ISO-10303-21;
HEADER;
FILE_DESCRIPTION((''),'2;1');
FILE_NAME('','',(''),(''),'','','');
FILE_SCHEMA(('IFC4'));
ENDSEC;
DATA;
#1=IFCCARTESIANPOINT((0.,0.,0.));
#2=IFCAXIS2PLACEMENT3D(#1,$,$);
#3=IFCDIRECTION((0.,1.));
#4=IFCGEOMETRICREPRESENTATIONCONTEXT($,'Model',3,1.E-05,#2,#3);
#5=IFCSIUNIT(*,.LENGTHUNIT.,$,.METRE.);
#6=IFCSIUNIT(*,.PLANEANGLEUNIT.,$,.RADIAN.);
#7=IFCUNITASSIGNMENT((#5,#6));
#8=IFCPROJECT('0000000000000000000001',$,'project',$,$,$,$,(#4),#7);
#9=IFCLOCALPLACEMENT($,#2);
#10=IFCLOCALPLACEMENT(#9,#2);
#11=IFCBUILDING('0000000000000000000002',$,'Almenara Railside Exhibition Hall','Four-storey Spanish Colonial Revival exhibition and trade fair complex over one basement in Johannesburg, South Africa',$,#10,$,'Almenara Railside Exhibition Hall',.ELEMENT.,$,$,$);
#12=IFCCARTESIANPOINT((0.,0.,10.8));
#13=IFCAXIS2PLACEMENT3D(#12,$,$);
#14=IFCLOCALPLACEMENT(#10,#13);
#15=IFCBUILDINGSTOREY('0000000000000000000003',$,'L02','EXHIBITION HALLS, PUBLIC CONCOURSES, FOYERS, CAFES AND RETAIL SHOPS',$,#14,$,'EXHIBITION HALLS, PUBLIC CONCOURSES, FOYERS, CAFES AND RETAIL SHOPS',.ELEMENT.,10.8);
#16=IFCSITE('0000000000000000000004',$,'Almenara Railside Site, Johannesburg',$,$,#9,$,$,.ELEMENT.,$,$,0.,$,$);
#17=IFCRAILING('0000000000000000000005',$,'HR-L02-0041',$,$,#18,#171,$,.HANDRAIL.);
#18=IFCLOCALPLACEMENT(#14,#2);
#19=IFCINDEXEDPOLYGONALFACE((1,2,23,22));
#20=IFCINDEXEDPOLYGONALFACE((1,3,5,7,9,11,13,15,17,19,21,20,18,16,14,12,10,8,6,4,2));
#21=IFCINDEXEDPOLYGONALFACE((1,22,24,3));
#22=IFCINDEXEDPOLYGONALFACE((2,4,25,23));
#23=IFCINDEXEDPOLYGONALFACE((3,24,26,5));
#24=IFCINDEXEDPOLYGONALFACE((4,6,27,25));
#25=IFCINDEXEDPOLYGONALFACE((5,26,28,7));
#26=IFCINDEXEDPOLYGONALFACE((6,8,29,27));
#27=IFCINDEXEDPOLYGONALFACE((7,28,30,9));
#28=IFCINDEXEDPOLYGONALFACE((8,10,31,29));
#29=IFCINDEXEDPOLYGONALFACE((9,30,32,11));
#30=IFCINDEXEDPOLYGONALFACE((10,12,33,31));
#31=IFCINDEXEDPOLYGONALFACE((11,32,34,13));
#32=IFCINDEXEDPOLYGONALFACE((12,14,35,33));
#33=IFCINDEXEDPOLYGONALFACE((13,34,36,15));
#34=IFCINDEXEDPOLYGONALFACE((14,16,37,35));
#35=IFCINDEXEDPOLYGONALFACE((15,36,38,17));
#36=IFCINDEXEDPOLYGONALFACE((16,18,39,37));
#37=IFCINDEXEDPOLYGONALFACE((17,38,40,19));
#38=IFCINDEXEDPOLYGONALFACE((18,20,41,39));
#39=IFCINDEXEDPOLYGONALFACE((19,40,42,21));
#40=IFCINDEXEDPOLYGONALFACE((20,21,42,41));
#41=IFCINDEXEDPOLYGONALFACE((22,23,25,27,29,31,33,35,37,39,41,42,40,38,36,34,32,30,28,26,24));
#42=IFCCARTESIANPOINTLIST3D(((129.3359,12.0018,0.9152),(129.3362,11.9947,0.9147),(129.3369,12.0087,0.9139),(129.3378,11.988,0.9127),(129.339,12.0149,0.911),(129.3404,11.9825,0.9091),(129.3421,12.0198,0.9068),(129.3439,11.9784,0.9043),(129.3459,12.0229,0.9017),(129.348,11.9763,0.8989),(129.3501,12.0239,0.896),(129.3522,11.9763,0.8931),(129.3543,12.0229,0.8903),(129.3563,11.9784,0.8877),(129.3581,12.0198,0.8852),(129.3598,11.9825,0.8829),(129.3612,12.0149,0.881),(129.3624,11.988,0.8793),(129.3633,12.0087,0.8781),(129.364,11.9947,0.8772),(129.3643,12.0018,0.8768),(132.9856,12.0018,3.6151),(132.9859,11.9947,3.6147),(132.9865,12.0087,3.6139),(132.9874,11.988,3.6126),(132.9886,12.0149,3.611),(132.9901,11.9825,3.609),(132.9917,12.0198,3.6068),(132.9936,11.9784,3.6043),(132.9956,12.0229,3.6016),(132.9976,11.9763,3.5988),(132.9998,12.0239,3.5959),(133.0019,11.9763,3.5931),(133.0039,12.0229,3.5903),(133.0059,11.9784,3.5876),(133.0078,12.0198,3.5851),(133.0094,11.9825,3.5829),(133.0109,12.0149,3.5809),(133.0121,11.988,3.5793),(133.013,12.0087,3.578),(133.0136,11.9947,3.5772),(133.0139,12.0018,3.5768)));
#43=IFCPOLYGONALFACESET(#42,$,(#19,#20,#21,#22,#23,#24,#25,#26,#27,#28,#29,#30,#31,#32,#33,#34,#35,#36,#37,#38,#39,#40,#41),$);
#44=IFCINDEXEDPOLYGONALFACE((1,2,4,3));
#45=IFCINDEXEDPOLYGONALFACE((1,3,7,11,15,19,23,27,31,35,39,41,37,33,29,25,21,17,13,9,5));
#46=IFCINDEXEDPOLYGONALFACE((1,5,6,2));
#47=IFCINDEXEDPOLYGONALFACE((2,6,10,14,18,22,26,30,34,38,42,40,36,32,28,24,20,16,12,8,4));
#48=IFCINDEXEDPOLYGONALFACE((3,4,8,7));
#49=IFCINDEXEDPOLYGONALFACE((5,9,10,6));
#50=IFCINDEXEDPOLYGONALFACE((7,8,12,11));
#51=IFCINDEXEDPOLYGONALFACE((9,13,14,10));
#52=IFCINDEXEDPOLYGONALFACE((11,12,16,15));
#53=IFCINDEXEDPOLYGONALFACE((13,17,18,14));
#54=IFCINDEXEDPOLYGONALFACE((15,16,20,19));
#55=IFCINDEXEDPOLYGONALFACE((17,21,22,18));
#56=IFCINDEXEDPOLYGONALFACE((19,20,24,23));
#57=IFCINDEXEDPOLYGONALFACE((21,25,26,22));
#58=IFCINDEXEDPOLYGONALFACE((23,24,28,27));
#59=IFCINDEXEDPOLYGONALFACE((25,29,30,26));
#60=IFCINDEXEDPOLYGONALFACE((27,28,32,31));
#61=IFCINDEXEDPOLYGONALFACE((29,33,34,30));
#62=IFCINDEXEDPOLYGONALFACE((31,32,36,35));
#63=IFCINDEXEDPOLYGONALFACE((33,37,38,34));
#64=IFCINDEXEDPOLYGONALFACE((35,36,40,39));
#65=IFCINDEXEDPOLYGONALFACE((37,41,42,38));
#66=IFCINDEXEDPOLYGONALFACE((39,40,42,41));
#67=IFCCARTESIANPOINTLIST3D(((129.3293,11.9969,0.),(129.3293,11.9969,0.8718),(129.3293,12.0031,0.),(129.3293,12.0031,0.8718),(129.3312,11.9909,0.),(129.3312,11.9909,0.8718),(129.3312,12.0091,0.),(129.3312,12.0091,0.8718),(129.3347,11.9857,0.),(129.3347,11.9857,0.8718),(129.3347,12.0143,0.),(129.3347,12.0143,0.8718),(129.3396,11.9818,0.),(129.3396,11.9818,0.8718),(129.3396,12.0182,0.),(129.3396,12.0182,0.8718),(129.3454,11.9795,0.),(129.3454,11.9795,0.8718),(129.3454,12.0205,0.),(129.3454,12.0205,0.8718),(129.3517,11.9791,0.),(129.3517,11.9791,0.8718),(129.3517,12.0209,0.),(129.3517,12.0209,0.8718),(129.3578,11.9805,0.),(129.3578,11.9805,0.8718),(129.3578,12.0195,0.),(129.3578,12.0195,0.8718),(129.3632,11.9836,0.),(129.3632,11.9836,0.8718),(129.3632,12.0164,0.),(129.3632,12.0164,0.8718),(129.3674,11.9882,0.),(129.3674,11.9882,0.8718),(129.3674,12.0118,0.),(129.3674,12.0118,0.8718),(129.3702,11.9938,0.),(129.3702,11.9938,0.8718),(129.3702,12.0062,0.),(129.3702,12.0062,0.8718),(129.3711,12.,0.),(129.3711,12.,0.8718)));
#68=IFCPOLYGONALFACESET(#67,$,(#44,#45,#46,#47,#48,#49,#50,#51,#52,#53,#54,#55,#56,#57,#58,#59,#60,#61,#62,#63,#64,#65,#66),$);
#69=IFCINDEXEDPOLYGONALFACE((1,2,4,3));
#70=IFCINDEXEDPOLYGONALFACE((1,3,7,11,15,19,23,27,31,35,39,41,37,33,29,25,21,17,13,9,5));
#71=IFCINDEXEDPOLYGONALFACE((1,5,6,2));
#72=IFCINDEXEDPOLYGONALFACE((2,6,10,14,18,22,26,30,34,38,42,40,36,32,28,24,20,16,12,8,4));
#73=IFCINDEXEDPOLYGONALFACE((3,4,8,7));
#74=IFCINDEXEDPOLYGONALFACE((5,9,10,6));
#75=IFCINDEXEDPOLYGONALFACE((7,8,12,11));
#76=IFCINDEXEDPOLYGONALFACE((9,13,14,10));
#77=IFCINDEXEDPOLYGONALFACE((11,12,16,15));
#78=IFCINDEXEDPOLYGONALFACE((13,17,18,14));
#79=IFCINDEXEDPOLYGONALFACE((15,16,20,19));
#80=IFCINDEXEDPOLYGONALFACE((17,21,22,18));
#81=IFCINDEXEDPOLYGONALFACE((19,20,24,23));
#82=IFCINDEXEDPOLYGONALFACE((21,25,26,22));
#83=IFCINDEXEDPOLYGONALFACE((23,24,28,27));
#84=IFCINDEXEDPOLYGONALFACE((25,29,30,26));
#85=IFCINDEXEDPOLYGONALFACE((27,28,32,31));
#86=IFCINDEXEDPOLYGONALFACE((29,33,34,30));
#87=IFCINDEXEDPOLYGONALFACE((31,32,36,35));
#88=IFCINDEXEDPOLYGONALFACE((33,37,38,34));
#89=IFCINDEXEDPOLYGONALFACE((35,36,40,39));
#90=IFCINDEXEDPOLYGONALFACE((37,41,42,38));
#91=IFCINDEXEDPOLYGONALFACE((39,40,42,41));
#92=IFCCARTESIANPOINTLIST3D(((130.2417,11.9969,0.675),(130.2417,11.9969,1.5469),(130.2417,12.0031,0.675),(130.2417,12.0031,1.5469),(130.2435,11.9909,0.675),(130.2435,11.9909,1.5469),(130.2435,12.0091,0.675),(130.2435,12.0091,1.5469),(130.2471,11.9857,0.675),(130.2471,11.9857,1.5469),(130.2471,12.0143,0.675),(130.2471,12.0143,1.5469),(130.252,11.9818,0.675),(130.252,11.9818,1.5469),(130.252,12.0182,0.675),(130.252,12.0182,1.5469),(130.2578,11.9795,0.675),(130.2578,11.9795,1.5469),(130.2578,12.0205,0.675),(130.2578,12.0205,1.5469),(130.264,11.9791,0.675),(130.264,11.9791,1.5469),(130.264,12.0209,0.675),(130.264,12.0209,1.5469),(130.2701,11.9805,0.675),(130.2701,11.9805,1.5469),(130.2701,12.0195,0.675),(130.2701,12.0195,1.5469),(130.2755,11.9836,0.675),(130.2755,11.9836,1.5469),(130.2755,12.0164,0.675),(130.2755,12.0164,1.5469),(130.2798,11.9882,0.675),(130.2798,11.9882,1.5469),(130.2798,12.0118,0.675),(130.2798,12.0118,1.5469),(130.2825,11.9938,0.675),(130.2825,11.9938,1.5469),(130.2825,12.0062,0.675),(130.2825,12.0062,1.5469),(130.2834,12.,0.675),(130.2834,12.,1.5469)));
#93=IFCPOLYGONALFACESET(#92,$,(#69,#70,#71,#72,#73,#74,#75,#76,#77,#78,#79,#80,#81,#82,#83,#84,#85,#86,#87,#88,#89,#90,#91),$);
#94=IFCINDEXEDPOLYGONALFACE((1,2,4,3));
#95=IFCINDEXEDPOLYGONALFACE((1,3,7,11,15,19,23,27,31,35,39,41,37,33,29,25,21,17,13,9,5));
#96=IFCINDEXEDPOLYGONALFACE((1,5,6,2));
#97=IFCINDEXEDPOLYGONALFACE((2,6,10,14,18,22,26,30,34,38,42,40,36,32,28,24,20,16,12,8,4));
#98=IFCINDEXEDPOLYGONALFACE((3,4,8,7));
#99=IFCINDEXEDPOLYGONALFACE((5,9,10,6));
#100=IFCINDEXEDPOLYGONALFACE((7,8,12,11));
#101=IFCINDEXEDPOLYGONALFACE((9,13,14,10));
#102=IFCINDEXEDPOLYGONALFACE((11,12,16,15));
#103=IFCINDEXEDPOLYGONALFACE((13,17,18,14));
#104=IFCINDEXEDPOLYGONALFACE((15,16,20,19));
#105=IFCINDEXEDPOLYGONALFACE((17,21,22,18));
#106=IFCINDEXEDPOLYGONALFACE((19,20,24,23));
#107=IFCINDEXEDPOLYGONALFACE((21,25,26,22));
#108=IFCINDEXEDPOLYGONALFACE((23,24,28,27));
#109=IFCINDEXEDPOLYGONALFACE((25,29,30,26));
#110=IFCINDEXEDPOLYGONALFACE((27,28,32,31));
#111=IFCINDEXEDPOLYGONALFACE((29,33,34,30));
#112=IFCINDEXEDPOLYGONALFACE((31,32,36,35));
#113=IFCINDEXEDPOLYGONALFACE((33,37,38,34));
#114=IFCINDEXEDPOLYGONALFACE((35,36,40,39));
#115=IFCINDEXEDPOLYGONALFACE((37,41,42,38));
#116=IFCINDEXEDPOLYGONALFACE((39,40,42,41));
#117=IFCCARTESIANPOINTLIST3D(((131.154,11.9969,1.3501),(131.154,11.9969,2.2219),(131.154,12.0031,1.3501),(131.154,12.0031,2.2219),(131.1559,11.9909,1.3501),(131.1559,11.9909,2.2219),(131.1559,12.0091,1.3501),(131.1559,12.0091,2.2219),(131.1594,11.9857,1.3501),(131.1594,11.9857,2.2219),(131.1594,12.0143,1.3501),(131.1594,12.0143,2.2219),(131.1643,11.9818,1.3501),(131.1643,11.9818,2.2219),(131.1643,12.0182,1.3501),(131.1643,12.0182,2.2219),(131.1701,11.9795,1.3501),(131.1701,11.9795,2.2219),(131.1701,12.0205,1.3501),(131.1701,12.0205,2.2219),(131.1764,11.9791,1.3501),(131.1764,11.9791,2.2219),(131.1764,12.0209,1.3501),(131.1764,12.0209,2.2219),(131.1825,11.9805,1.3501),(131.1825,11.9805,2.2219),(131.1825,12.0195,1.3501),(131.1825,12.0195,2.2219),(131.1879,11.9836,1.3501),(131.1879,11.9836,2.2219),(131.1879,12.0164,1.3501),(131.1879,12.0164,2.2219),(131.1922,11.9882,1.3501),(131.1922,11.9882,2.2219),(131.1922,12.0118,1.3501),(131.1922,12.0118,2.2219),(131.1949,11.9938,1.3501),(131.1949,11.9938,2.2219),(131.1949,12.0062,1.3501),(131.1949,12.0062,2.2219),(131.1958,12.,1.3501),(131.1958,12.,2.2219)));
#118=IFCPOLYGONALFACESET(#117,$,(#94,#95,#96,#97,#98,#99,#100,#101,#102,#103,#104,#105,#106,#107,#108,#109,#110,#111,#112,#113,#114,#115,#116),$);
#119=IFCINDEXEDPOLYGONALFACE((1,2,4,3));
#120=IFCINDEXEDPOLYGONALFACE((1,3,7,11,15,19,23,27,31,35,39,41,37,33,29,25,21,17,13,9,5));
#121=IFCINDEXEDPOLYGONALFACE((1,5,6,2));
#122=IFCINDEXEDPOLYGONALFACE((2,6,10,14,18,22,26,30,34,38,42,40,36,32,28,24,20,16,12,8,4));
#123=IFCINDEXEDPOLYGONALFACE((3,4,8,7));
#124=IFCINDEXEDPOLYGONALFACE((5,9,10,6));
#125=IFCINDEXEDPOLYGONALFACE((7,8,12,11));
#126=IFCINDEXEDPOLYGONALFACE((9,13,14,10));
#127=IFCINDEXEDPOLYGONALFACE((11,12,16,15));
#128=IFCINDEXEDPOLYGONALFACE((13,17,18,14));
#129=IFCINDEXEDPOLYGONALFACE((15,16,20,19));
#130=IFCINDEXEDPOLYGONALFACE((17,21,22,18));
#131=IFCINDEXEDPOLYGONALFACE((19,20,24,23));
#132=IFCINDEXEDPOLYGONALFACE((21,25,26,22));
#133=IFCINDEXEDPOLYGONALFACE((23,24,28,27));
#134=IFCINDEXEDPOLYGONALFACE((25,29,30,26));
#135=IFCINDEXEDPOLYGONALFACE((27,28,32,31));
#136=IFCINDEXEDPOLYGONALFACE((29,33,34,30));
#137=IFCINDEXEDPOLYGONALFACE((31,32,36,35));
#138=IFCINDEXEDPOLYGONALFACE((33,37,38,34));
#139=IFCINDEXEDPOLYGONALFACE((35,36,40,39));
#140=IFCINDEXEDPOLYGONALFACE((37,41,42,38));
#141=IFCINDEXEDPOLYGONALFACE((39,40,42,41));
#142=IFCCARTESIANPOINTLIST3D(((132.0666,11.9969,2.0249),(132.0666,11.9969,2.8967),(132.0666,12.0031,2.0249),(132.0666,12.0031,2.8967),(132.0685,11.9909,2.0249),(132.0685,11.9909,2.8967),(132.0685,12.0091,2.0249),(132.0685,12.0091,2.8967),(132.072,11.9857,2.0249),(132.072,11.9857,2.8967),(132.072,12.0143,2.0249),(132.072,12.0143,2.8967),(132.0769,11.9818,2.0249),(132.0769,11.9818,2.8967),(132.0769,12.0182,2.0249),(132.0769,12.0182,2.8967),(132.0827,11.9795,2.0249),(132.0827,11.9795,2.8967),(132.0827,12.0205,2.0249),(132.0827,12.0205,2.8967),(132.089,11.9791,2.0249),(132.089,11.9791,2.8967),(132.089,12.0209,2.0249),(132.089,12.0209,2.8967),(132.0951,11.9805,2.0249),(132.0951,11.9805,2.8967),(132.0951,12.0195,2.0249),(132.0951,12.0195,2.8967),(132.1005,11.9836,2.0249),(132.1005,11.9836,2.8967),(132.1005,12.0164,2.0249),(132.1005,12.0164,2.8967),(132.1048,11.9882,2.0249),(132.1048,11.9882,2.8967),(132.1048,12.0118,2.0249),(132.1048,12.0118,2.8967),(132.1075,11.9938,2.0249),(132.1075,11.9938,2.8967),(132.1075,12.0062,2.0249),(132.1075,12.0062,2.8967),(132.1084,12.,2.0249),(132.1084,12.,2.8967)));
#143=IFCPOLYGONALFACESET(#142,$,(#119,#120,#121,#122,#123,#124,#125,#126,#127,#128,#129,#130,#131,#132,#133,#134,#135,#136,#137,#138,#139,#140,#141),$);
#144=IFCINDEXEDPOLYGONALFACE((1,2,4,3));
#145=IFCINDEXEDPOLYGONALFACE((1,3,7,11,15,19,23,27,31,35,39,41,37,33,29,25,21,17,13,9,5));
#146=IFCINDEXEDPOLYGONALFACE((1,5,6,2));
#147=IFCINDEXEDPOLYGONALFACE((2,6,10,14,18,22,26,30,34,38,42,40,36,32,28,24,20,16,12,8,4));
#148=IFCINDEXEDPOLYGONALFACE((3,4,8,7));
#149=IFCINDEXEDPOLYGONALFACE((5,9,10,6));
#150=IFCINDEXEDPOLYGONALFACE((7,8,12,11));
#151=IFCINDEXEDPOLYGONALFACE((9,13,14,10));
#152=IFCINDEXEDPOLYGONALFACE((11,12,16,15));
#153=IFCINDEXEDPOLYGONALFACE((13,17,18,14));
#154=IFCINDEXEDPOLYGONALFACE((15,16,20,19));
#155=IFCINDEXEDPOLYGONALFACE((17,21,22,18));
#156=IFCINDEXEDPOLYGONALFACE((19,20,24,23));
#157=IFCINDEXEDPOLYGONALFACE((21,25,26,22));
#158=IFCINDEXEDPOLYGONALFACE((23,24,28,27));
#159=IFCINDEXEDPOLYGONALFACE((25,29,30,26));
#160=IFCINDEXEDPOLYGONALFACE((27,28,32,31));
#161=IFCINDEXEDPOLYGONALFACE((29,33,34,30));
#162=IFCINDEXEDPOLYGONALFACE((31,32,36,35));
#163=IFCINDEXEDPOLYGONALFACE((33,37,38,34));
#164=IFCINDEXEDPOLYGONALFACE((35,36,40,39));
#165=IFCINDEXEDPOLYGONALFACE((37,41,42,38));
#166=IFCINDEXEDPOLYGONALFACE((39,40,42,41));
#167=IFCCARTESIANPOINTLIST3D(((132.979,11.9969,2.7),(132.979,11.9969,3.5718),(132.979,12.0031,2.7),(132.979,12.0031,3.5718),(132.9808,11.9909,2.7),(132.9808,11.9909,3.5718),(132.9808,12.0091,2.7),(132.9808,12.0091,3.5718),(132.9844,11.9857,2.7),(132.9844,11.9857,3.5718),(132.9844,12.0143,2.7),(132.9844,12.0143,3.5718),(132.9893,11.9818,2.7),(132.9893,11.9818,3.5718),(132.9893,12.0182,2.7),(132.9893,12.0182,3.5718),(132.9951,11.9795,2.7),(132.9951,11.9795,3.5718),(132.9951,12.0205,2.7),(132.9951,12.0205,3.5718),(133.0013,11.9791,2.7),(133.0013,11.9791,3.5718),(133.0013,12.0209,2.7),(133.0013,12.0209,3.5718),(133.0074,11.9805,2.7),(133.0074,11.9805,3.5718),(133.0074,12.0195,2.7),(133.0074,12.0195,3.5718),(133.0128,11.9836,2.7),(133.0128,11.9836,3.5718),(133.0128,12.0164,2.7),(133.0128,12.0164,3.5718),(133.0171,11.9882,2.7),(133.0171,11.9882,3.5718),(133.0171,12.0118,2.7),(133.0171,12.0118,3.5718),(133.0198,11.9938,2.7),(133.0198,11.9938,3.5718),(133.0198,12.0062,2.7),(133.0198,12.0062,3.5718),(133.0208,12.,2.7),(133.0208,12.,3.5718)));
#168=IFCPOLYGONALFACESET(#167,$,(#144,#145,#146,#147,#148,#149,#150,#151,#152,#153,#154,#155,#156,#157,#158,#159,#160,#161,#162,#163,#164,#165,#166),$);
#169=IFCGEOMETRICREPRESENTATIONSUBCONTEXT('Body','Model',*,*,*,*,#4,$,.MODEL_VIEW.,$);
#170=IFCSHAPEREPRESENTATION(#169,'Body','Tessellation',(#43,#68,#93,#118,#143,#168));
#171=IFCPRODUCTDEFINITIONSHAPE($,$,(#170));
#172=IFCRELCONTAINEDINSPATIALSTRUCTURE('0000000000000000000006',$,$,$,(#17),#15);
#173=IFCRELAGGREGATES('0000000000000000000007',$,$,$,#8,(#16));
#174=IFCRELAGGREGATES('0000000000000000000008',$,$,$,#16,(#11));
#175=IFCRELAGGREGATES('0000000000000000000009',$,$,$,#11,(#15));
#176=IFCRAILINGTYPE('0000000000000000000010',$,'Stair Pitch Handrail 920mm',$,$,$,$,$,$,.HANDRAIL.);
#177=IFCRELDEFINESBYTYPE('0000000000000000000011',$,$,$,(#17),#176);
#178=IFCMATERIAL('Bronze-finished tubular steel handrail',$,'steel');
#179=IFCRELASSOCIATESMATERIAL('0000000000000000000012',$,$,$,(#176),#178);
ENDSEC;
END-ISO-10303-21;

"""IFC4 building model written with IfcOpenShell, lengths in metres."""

from ifc_helpers import new_model, si_unit, direction, frame, origin, origin_2d, place, context, subcontext, project, spatial, circle, extrude, material, type_object, element, save


model = new_model("IFC4")

# Units and contexts
model_context = context("Model", 3, precision=1e-05, world=origin(), true_north=direction((0.0, 1.0)))
body_context = subcontext(model_context, "Body", "Model", "MODEL_VIEW")
ifc_project = project(units=[si_unit("LENGTHUNIT", "METRE"), si_unit("PLANEANGLEUNIT", "RADIAN")], contexts=[model_context])

# Site, building, storey
site_placement = place(None, origin())
site = spatial("IfcSite", under=ifc_project, at=site_placement, Name="Almenara Railside Site, Johannesburg", CompositionType="ELEMENT", RefElevation=0.0)
building_placement = place(site_placement, origin())
building = spatial("IfcBuilding", under=site, at=building_placement, Name="Almenara Railside Exhibition Hall", Description="Four-storey Spanish Colonial Revival exhibition and trade fair complex over one basement in Johannesburg, South Africa", LongName="Almenara Railside Exhibition Hall", CompositionType="ELEMENT")
storey_placement = place(building_placement, frame((0.0, 0.0, 10.8)))
storey = spatial("IfcBuildingStorey", under=building, at=storey_placement, Name="L02", Description="EXHIBITION HALLS, PUBLIC CONCOURSES, FOYERS, CAFES AND RETAIL SHOPS", LongName="EXHIBITION HALLS, PUBLIC CONCOURSES, FOYERS, CAFES AND RETAIL SHOPS", CompositionType="ELEMENT", Elevation=10.8)

# Railing
ifc_material_1 = material(Name="Bronze-finished tubular steel handrail", Category="steel")
railing_type_1 = type_object("IfcRailingType", Name="Stair Pitch Handrail 920mm", PredefinedType="HANDRAIL", material=ifc_material_1)
railing_1_placement = place(storey_placement, frame((129.3501, 12.0, 0.0)))
element("IfcRailing", 1, at=railing_1_placement, inside=storey, type_object=railing_type_1, Name="HR-L02-0041", PredefinedType="HANDRAIL", context=body_context, shape_type="SweptSolid", body=[
    extrude(circle(Radius=0.0239, at=origin_2d()), frame((0.0, 0.0, 0.896), z_axis=(0.803926, 0.0, 0.59473), x_axis=(0.0, 1.0, 0.0)), (0.0, 0.0, 1.0), 4.5398),
    extrude(circle(Radius=0.021, at=origin_2d()), origin(), (0.0, 0.0, 1.0), 0.8718),
    extrude(circle(Radius=0.021, at=origin_2d()), frame((0.9124, 0.0, 0.675)), (0.0, 0.0, 1.0), 0.8718),
    extrude(circle(Radius=0.021, at=origin_2d()), frame((1.8247, 0.0, 1.3501)), (0.0, 0.0, 1.0), 0.8718),
    extrude(circle(Radius=0.021, at=origin_2d()), frame((2.7373, 0.0, 2.0249)), (0.0, 0.0, 1.0), 0.8718),
    extrude(circle(Radius=0.021, at=origin_2d()), frame((3.6497, 0.0, 2.7)), (0.0, 0.0, 1.0), 0.8718),
])

save(model, "model.ifc")
